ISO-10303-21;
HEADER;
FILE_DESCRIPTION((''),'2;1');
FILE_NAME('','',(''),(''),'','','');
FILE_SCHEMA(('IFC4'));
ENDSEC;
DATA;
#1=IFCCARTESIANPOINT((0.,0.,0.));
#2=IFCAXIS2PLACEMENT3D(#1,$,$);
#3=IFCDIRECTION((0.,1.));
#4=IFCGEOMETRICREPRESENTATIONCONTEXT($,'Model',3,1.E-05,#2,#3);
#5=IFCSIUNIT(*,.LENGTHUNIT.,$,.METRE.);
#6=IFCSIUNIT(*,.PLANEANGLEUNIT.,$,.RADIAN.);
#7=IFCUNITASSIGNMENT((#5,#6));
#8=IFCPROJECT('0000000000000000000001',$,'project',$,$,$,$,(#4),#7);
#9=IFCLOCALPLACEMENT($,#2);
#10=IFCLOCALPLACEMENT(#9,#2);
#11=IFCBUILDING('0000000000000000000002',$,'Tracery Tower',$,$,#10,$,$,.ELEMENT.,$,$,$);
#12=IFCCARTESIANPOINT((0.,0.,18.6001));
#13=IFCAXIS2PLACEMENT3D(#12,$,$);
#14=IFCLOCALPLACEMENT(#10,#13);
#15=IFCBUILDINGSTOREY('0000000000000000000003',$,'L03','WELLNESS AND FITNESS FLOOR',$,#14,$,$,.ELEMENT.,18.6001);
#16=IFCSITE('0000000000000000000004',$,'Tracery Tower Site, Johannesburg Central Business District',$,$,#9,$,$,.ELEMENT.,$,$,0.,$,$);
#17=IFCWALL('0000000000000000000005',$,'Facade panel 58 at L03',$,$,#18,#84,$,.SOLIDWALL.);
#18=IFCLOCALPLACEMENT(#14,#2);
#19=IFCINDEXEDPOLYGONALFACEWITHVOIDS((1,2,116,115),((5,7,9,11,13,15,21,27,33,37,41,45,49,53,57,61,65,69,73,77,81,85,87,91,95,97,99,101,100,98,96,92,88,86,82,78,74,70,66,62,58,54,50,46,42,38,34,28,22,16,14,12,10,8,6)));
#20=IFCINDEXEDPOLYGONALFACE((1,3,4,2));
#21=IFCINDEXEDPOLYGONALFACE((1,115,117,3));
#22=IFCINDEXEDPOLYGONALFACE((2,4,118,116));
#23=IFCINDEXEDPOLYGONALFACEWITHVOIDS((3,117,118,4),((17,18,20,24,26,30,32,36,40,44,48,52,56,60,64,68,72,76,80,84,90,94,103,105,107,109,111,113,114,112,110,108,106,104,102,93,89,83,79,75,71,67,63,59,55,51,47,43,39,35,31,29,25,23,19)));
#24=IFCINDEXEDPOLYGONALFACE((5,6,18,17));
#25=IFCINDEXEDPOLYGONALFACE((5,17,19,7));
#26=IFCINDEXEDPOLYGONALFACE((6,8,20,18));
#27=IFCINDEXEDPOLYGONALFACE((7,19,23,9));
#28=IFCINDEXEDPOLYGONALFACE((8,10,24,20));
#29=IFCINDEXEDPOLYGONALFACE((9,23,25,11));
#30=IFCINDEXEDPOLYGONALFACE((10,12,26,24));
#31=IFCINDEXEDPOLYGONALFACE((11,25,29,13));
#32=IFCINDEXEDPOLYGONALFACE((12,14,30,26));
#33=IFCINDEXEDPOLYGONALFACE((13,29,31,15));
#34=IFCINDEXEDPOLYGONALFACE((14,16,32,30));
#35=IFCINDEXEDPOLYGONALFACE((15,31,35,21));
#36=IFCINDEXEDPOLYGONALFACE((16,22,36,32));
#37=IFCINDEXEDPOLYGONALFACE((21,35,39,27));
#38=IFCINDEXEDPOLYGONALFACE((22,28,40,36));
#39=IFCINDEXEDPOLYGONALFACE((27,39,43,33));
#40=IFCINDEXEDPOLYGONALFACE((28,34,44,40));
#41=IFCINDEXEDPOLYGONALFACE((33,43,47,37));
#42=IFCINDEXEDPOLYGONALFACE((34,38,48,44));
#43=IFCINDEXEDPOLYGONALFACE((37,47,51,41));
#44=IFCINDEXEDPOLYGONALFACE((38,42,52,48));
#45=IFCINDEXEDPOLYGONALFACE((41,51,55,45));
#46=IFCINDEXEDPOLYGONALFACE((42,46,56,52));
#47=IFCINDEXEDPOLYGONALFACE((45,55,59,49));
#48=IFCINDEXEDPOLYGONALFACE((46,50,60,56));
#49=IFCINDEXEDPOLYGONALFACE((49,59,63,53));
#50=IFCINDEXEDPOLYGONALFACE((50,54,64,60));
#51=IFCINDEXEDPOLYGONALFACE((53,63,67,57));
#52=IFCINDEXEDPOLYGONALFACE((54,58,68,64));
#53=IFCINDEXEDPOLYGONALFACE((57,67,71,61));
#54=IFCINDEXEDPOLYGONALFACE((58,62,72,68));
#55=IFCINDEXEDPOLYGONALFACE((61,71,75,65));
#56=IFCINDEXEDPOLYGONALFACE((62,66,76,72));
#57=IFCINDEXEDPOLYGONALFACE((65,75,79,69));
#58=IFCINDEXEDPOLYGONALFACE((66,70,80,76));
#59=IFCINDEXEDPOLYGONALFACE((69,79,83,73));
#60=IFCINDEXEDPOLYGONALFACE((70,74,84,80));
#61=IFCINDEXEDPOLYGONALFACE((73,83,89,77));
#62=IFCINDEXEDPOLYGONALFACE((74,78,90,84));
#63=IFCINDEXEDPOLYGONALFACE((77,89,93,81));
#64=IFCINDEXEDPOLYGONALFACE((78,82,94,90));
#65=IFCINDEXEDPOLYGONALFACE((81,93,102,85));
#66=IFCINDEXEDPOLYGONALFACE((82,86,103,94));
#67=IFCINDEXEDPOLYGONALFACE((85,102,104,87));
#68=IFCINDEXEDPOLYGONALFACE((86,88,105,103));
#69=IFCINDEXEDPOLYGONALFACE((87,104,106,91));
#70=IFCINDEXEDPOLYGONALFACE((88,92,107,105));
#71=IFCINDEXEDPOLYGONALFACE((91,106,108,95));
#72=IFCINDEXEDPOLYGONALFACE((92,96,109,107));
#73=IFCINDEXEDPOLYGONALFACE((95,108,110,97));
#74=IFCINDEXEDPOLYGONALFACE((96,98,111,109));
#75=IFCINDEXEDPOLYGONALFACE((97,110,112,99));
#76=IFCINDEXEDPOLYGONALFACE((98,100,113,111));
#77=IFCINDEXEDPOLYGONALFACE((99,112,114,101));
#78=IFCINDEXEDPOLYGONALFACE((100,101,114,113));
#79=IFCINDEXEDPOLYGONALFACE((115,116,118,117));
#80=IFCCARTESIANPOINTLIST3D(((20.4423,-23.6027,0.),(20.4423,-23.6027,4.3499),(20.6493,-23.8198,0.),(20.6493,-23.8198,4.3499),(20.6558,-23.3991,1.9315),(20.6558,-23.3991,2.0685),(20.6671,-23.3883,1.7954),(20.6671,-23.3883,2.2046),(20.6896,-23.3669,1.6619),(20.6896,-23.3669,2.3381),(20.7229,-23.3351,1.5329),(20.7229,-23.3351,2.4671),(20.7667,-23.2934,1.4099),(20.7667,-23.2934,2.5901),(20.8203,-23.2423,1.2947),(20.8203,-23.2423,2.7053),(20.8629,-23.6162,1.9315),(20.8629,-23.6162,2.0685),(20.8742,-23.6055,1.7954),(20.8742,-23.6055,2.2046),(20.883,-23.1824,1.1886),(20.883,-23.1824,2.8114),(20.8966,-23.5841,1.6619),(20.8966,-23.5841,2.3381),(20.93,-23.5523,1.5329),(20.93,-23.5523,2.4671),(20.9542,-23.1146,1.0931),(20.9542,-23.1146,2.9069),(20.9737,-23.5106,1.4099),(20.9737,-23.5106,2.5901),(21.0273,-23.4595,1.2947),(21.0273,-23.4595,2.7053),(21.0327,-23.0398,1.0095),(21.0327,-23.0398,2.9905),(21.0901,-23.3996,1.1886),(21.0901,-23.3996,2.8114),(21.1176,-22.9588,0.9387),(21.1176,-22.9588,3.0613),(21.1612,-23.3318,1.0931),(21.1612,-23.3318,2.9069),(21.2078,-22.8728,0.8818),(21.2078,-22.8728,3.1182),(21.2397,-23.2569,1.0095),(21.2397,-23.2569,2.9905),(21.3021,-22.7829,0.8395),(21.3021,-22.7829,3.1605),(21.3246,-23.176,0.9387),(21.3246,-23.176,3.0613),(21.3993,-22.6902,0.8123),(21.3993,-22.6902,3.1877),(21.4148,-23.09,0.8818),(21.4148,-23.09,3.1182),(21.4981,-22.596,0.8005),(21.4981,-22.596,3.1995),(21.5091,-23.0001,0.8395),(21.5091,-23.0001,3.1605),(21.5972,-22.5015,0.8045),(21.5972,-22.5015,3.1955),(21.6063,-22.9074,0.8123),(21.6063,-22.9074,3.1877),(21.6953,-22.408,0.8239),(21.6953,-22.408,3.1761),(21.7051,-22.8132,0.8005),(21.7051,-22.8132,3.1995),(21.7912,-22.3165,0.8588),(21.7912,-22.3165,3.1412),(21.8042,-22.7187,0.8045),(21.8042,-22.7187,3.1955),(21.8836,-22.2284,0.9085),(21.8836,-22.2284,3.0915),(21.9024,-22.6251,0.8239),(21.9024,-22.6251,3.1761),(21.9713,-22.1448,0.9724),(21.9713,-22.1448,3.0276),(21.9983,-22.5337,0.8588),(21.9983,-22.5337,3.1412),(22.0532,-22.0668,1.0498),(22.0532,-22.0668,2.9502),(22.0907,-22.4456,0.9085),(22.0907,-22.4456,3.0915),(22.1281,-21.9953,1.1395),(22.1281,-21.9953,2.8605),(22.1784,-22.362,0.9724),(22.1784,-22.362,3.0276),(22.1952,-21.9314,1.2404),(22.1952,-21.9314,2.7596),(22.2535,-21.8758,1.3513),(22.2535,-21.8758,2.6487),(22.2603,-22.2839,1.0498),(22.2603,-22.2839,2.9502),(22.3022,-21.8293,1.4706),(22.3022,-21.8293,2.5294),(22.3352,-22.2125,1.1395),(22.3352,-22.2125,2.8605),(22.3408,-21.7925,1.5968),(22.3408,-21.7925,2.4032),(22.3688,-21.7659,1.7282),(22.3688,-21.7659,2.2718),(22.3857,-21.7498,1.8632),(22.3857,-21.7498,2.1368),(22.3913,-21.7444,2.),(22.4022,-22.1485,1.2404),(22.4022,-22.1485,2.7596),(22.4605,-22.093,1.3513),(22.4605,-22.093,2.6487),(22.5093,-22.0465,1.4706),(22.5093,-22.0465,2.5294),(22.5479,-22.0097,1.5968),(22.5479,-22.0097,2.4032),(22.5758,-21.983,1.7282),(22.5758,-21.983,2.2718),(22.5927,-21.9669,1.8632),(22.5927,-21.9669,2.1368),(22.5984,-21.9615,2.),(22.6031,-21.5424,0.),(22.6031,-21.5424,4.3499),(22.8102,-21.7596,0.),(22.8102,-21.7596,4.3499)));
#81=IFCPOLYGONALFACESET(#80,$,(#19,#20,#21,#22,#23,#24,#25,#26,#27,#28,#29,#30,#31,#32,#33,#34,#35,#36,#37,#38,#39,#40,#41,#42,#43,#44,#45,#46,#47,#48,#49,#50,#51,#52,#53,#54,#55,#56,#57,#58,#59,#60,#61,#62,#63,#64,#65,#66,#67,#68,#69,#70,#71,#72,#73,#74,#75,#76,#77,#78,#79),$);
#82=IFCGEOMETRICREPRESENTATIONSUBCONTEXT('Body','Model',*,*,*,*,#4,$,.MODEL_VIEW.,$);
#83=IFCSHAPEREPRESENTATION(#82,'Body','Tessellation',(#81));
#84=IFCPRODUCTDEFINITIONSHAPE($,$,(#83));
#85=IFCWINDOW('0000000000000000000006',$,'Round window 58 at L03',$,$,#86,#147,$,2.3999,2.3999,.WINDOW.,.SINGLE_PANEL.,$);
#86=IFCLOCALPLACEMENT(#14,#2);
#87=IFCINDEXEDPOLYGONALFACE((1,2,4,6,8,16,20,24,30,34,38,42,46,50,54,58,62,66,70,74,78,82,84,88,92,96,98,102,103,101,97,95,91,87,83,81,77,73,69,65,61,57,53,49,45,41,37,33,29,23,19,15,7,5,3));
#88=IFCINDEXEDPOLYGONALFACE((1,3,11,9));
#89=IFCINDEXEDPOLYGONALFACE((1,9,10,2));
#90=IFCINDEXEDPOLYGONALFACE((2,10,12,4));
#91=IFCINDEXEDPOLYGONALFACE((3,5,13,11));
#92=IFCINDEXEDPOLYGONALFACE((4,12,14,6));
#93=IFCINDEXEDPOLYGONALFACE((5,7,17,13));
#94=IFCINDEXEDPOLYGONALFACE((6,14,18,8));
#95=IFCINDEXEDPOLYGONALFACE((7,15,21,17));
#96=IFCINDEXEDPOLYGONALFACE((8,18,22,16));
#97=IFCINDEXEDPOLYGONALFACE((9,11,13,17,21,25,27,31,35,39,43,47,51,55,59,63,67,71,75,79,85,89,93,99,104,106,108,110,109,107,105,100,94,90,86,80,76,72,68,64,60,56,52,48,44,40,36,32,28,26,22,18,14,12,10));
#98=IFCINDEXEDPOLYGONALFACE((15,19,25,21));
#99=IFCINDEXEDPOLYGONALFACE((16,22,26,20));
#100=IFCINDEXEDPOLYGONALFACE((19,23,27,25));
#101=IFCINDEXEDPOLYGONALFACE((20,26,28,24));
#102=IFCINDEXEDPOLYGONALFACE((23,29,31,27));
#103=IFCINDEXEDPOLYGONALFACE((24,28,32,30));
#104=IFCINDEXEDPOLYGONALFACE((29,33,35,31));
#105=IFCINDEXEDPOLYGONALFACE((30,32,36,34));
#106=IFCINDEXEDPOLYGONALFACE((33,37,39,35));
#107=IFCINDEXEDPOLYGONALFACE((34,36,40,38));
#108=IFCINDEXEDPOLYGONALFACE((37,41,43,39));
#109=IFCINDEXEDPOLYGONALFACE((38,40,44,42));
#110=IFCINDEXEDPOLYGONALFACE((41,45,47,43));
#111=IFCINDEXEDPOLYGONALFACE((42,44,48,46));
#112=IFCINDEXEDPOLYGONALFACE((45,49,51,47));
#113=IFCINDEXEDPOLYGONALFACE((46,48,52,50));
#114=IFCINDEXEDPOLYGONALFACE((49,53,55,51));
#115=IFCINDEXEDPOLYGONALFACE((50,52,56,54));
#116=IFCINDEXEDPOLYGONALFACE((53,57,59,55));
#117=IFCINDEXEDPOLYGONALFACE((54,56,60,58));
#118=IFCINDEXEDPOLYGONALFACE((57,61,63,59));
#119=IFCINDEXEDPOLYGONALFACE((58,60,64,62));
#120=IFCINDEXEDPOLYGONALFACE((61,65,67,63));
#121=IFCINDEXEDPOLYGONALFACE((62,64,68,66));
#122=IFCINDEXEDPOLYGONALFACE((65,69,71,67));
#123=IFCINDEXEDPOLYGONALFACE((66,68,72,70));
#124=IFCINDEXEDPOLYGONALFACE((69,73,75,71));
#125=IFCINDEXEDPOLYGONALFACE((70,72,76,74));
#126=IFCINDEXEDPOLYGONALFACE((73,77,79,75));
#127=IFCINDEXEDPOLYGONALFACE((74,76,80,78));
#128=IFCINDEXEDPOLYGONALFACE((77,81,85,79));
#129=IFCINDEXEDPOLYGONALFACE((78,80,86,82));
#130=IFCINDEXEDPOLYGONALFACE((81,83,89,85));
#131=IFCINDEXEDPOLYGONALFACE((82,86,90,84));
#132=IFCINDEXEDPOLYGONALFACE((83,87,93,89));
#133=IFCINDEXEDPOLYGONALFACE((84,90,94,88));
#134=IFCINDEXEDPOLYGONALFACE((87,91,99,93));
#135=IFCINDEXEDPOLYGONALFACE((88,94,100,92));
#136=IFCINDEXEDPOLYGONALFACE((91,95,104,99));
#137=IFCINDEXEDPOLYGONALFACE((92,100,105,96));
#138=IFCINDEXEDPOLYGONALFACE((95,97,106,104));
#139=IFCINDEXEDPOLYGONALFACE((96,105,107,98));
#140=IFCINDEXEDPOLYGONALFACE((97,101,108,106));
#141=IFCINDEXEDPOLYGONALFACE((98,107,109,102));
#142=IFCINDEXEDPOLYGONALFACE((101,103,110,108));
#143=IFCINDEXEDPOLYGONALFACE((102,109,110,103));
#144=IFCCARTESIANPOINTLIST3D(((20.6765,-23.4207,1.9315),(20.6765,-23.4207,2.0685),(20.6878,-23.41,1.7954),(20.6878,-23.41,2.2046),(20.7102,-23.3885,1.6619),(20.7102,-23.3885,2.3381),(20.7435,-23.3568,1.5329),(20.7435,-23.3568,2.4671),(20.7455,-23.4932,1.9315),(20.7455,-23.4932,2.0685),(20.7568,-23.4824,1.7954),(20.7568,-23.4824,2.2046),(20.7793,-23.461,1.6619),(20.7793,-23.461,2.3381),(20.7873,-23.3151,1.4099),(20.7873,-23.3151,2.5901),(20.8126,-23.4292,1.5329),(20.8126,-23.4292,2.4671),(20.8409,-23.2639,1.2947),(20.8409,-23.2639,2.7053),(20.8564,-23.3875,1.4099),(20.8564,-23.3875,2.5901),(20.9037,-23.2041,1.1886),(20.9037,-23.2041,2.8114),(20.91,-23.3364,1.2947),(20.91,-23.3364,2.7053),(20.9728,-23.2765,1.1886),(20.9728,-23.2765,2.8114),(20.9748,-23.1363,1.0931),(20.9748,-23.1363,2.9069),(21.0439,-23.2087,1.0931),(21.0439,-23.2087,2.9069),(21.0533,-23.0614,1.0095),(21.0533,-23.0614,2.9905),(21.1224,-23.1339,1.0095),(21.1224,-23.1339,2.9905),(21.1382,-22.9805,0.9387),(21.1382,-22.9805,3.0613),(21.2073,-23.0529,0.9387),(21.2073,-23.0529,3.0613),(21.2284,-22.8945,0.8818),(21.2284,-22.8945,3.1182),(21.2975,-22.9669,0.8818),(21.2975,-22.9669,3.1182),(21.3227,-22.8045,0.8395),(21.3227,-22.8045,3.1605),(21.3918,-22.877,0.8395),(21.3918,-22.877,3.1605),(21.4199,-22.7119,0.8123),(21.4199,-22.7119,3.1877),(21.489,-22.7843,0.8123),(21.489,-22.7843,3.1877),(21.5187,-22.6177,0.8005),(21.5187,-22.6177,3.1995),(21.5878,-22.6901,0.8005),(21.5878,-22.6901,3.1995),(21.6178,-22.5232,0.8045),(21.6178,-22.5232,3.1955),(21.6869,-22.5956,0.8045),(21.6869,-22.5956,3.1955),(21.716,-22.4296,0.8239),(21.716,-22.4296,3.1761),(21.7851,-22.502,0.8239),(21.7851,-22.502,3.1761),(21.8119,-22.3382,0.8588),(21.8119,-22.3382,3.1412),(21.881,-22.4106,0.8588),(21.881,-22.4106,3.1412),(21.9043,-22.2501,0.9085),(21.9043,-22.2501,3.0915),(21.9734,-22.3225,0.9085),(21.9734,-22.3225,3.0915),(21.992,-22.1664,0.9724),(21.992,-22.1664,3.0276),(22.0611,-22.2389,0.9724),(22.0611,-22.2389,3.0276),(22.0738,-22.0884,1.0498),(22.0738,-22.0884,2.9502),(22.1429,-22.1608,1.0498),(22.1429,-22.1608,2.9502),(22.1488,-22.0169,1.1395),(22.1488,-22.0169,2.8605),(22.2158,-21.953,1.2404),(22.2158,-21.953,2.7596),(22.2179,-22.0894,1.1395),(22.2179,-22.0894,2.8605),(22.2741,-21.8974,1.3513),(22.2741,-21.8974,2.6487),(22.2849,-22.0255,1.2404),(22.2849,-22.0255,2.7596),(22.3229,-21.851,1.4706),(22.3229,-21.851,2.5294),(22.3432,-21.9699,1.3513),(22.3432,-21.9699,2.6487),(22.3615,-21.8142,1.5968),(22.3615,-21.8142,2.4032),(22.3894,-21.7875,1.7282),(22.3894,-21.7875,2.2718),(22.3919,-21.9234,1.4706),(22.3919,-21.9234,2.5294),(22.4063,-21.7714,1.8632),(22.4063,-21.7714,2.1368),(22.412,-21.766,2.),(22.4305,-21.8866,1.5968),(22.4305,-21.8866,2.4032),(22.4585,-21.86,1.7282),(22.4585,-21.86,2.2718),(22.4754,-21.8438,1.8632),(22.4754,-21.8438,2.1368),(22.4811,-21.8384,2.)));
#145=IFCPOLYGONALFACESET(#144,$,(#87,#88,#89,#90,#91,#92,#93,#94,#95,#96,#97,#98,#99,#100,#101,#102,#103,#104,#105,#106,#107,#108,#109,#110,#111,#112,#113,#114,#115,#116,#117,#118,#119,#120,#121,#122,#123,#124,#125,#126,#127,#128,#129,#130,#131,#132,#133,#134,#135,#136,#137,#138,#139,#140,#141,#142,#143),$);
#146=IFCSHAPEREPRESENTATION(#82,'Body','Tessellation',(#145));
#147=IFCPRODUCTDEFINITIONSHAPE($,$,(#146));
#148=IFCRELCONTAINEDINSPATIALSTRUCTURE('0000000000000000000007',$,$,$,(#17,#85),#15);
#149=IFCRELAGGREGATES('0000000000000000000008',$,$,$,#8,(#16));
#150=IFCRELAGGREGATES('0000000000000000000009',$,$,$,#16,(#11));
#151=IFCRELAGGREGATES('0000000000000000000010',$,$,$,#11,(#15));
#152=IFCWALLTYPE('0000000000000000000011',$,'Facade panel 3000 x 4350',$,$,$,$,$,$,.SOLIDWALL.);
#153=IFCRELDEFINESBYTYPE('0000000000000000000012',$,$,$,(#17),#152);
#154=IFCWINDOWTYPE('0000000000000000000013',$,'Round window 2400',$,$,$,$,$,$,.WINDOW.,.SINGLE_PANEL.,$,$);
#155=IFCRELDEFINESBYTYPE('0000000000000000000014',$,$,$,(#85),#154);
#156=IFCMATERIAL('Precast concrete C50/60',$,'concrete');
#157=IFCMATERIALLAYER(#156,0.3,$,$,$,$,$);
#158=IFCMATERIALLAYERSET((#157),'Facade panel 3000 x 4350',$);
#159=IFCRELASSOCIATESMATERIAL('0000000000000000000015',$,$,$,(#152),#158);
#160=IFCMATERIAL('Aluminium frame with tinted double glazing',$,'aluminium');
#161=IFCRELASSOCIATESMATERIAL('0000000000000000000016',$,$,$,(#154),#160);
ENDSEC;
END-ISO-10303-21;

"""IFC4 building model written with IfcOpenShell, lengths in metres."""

from ifc_helpers import new_model, si_unit, direction, frame, frame_2d, origin, origin_2d, place, context, subcontext, project, spatial, rectangle, circle, extrude, material, layer, layer_set, type_object, element, fill, save


model = new_model("IFC4")

# Units and contexts
model_context = context("Model", 3, precision=1e-05, world=origin(), true_north=direction((0.0, 1.0)))
body_context = subcontext(model_context, "Body", "Model", "MODEL_VIEW")
ifc_project = project(units=[si_unit("LENGTHUNIT", "METRE"), si_unit("PLANEANGLEUNIT", "RADIAN")], contexts=[model_context])

# Site, building, storey
site_placement = place(None, origin())
site = spatial("IfcSite", under=ifc_project, at=site_placement, Name="Tracery Tower Site, Johannesburg Central Business District", CompositionType="ELEMENT", RefElevation=0.0)
building_placement = place(site_placement, origin())
building = spatial("IfcBuilding", under=site, at=building_placement, Name="Tracery Tower", CompositionType="ELEMENT")
storey_placement = place(building_placement, frame((0.0, 0.0, 18.6001)))
storey = spatial("IfcBuildingStorey", under=building, at=storey_placement, Name="L03", Description="WELLNESS AND FITNESS FLOOR", CompositionType="ELEMENT", Elevation=18.6001)

# Wall, opening, window
ifc_material_1 = material(Name="Precast concrete C50/60", Category="concrete")
ifc_layer_1 = layer(ifc_material_1, 0.3)
ifc_layer_set_1 = layer_set([ifc_layer_1], Name="Facade panel 3000 x 4350")
wall_type_1 = type_object("IfcWallType", Name="Facade panel 3000 x 4350", PredefinedType="SOLIDWALL", material=ifc_layer_set_1)
ifc_material_2 = material(Name="Aluminium frame with tinted double glazing", Category="aluminium")
window_type = type_object("IfcWindowType", Name="Round window 2400", PartitioningType="SINGLE_PANEL", PredefinedType="WINDOW", material=ifc_material_2)
wall_1_placement = place(storey_placement, frame((20.5459, -23.7112, 0.0), z_axis=(0.0, 0.0, 1.0), x_axis=(0.723751, 0.690061, 0.0)))
wall_1 = element("IfcWall", 1, at=wall_1_placement, inside=storey, type_object=wall_type_1, Name="Facade panel 58 at L03", PredefinedType="SOLIDWALL", context=body_context, shape_type="SweptSolid", body=[
    extrude(rectangle(XDim=2.9856, YDim=0.3, at=frame_2d((1.4927, 0.0))), origin(), (0.0, 0.0, 1.0), 4.3499),
])
opening_1_placement = place(wall_1_placement, frame((1.4929, 0.0, 2.0)))
opening_1 = element("IfcOpeningElement", 2, at=opening_1_placement, cuts=wall_1, PredefinedType="OPENING", context=body_context, shape_type="SweptSolid", body=[
    extrude(circle(Radius=1.2, at=origin_2d()), frame((0.0, 0.1599, 0.0), z_axis=(0.0, -1.0, 0.0), x_axis=(1.0, 0.0, 0.0)), (0.0, 0.0, 1.0), 0.3201),
])
window_1_placement = place(opening_1_placement, origin())
window_1 = element("IfcWindow", 3, at=window_1_placement, inside=storey, type_object=window_type, Name="Round window 58 at L03", OverallHeight=2.3999, OverallWidth=2.3999, PartitioningType="SINGLE_PANEL", PredefinedType="WINDOW", context=body_context, shape_type="SweptSolid", body=[
    extrude(circle(Radius=1.2, at=origin_2d()), frame((0.0, 0.1201, 0.0), z_axis=(0.0, -1.0, 0.0), x_axis=(1.0, 0.0, 0.0)), (0.0, 0.0, 1.0), 0.1001),
])
fill(opening_1, window_1)

save(model, "model.ifc")
